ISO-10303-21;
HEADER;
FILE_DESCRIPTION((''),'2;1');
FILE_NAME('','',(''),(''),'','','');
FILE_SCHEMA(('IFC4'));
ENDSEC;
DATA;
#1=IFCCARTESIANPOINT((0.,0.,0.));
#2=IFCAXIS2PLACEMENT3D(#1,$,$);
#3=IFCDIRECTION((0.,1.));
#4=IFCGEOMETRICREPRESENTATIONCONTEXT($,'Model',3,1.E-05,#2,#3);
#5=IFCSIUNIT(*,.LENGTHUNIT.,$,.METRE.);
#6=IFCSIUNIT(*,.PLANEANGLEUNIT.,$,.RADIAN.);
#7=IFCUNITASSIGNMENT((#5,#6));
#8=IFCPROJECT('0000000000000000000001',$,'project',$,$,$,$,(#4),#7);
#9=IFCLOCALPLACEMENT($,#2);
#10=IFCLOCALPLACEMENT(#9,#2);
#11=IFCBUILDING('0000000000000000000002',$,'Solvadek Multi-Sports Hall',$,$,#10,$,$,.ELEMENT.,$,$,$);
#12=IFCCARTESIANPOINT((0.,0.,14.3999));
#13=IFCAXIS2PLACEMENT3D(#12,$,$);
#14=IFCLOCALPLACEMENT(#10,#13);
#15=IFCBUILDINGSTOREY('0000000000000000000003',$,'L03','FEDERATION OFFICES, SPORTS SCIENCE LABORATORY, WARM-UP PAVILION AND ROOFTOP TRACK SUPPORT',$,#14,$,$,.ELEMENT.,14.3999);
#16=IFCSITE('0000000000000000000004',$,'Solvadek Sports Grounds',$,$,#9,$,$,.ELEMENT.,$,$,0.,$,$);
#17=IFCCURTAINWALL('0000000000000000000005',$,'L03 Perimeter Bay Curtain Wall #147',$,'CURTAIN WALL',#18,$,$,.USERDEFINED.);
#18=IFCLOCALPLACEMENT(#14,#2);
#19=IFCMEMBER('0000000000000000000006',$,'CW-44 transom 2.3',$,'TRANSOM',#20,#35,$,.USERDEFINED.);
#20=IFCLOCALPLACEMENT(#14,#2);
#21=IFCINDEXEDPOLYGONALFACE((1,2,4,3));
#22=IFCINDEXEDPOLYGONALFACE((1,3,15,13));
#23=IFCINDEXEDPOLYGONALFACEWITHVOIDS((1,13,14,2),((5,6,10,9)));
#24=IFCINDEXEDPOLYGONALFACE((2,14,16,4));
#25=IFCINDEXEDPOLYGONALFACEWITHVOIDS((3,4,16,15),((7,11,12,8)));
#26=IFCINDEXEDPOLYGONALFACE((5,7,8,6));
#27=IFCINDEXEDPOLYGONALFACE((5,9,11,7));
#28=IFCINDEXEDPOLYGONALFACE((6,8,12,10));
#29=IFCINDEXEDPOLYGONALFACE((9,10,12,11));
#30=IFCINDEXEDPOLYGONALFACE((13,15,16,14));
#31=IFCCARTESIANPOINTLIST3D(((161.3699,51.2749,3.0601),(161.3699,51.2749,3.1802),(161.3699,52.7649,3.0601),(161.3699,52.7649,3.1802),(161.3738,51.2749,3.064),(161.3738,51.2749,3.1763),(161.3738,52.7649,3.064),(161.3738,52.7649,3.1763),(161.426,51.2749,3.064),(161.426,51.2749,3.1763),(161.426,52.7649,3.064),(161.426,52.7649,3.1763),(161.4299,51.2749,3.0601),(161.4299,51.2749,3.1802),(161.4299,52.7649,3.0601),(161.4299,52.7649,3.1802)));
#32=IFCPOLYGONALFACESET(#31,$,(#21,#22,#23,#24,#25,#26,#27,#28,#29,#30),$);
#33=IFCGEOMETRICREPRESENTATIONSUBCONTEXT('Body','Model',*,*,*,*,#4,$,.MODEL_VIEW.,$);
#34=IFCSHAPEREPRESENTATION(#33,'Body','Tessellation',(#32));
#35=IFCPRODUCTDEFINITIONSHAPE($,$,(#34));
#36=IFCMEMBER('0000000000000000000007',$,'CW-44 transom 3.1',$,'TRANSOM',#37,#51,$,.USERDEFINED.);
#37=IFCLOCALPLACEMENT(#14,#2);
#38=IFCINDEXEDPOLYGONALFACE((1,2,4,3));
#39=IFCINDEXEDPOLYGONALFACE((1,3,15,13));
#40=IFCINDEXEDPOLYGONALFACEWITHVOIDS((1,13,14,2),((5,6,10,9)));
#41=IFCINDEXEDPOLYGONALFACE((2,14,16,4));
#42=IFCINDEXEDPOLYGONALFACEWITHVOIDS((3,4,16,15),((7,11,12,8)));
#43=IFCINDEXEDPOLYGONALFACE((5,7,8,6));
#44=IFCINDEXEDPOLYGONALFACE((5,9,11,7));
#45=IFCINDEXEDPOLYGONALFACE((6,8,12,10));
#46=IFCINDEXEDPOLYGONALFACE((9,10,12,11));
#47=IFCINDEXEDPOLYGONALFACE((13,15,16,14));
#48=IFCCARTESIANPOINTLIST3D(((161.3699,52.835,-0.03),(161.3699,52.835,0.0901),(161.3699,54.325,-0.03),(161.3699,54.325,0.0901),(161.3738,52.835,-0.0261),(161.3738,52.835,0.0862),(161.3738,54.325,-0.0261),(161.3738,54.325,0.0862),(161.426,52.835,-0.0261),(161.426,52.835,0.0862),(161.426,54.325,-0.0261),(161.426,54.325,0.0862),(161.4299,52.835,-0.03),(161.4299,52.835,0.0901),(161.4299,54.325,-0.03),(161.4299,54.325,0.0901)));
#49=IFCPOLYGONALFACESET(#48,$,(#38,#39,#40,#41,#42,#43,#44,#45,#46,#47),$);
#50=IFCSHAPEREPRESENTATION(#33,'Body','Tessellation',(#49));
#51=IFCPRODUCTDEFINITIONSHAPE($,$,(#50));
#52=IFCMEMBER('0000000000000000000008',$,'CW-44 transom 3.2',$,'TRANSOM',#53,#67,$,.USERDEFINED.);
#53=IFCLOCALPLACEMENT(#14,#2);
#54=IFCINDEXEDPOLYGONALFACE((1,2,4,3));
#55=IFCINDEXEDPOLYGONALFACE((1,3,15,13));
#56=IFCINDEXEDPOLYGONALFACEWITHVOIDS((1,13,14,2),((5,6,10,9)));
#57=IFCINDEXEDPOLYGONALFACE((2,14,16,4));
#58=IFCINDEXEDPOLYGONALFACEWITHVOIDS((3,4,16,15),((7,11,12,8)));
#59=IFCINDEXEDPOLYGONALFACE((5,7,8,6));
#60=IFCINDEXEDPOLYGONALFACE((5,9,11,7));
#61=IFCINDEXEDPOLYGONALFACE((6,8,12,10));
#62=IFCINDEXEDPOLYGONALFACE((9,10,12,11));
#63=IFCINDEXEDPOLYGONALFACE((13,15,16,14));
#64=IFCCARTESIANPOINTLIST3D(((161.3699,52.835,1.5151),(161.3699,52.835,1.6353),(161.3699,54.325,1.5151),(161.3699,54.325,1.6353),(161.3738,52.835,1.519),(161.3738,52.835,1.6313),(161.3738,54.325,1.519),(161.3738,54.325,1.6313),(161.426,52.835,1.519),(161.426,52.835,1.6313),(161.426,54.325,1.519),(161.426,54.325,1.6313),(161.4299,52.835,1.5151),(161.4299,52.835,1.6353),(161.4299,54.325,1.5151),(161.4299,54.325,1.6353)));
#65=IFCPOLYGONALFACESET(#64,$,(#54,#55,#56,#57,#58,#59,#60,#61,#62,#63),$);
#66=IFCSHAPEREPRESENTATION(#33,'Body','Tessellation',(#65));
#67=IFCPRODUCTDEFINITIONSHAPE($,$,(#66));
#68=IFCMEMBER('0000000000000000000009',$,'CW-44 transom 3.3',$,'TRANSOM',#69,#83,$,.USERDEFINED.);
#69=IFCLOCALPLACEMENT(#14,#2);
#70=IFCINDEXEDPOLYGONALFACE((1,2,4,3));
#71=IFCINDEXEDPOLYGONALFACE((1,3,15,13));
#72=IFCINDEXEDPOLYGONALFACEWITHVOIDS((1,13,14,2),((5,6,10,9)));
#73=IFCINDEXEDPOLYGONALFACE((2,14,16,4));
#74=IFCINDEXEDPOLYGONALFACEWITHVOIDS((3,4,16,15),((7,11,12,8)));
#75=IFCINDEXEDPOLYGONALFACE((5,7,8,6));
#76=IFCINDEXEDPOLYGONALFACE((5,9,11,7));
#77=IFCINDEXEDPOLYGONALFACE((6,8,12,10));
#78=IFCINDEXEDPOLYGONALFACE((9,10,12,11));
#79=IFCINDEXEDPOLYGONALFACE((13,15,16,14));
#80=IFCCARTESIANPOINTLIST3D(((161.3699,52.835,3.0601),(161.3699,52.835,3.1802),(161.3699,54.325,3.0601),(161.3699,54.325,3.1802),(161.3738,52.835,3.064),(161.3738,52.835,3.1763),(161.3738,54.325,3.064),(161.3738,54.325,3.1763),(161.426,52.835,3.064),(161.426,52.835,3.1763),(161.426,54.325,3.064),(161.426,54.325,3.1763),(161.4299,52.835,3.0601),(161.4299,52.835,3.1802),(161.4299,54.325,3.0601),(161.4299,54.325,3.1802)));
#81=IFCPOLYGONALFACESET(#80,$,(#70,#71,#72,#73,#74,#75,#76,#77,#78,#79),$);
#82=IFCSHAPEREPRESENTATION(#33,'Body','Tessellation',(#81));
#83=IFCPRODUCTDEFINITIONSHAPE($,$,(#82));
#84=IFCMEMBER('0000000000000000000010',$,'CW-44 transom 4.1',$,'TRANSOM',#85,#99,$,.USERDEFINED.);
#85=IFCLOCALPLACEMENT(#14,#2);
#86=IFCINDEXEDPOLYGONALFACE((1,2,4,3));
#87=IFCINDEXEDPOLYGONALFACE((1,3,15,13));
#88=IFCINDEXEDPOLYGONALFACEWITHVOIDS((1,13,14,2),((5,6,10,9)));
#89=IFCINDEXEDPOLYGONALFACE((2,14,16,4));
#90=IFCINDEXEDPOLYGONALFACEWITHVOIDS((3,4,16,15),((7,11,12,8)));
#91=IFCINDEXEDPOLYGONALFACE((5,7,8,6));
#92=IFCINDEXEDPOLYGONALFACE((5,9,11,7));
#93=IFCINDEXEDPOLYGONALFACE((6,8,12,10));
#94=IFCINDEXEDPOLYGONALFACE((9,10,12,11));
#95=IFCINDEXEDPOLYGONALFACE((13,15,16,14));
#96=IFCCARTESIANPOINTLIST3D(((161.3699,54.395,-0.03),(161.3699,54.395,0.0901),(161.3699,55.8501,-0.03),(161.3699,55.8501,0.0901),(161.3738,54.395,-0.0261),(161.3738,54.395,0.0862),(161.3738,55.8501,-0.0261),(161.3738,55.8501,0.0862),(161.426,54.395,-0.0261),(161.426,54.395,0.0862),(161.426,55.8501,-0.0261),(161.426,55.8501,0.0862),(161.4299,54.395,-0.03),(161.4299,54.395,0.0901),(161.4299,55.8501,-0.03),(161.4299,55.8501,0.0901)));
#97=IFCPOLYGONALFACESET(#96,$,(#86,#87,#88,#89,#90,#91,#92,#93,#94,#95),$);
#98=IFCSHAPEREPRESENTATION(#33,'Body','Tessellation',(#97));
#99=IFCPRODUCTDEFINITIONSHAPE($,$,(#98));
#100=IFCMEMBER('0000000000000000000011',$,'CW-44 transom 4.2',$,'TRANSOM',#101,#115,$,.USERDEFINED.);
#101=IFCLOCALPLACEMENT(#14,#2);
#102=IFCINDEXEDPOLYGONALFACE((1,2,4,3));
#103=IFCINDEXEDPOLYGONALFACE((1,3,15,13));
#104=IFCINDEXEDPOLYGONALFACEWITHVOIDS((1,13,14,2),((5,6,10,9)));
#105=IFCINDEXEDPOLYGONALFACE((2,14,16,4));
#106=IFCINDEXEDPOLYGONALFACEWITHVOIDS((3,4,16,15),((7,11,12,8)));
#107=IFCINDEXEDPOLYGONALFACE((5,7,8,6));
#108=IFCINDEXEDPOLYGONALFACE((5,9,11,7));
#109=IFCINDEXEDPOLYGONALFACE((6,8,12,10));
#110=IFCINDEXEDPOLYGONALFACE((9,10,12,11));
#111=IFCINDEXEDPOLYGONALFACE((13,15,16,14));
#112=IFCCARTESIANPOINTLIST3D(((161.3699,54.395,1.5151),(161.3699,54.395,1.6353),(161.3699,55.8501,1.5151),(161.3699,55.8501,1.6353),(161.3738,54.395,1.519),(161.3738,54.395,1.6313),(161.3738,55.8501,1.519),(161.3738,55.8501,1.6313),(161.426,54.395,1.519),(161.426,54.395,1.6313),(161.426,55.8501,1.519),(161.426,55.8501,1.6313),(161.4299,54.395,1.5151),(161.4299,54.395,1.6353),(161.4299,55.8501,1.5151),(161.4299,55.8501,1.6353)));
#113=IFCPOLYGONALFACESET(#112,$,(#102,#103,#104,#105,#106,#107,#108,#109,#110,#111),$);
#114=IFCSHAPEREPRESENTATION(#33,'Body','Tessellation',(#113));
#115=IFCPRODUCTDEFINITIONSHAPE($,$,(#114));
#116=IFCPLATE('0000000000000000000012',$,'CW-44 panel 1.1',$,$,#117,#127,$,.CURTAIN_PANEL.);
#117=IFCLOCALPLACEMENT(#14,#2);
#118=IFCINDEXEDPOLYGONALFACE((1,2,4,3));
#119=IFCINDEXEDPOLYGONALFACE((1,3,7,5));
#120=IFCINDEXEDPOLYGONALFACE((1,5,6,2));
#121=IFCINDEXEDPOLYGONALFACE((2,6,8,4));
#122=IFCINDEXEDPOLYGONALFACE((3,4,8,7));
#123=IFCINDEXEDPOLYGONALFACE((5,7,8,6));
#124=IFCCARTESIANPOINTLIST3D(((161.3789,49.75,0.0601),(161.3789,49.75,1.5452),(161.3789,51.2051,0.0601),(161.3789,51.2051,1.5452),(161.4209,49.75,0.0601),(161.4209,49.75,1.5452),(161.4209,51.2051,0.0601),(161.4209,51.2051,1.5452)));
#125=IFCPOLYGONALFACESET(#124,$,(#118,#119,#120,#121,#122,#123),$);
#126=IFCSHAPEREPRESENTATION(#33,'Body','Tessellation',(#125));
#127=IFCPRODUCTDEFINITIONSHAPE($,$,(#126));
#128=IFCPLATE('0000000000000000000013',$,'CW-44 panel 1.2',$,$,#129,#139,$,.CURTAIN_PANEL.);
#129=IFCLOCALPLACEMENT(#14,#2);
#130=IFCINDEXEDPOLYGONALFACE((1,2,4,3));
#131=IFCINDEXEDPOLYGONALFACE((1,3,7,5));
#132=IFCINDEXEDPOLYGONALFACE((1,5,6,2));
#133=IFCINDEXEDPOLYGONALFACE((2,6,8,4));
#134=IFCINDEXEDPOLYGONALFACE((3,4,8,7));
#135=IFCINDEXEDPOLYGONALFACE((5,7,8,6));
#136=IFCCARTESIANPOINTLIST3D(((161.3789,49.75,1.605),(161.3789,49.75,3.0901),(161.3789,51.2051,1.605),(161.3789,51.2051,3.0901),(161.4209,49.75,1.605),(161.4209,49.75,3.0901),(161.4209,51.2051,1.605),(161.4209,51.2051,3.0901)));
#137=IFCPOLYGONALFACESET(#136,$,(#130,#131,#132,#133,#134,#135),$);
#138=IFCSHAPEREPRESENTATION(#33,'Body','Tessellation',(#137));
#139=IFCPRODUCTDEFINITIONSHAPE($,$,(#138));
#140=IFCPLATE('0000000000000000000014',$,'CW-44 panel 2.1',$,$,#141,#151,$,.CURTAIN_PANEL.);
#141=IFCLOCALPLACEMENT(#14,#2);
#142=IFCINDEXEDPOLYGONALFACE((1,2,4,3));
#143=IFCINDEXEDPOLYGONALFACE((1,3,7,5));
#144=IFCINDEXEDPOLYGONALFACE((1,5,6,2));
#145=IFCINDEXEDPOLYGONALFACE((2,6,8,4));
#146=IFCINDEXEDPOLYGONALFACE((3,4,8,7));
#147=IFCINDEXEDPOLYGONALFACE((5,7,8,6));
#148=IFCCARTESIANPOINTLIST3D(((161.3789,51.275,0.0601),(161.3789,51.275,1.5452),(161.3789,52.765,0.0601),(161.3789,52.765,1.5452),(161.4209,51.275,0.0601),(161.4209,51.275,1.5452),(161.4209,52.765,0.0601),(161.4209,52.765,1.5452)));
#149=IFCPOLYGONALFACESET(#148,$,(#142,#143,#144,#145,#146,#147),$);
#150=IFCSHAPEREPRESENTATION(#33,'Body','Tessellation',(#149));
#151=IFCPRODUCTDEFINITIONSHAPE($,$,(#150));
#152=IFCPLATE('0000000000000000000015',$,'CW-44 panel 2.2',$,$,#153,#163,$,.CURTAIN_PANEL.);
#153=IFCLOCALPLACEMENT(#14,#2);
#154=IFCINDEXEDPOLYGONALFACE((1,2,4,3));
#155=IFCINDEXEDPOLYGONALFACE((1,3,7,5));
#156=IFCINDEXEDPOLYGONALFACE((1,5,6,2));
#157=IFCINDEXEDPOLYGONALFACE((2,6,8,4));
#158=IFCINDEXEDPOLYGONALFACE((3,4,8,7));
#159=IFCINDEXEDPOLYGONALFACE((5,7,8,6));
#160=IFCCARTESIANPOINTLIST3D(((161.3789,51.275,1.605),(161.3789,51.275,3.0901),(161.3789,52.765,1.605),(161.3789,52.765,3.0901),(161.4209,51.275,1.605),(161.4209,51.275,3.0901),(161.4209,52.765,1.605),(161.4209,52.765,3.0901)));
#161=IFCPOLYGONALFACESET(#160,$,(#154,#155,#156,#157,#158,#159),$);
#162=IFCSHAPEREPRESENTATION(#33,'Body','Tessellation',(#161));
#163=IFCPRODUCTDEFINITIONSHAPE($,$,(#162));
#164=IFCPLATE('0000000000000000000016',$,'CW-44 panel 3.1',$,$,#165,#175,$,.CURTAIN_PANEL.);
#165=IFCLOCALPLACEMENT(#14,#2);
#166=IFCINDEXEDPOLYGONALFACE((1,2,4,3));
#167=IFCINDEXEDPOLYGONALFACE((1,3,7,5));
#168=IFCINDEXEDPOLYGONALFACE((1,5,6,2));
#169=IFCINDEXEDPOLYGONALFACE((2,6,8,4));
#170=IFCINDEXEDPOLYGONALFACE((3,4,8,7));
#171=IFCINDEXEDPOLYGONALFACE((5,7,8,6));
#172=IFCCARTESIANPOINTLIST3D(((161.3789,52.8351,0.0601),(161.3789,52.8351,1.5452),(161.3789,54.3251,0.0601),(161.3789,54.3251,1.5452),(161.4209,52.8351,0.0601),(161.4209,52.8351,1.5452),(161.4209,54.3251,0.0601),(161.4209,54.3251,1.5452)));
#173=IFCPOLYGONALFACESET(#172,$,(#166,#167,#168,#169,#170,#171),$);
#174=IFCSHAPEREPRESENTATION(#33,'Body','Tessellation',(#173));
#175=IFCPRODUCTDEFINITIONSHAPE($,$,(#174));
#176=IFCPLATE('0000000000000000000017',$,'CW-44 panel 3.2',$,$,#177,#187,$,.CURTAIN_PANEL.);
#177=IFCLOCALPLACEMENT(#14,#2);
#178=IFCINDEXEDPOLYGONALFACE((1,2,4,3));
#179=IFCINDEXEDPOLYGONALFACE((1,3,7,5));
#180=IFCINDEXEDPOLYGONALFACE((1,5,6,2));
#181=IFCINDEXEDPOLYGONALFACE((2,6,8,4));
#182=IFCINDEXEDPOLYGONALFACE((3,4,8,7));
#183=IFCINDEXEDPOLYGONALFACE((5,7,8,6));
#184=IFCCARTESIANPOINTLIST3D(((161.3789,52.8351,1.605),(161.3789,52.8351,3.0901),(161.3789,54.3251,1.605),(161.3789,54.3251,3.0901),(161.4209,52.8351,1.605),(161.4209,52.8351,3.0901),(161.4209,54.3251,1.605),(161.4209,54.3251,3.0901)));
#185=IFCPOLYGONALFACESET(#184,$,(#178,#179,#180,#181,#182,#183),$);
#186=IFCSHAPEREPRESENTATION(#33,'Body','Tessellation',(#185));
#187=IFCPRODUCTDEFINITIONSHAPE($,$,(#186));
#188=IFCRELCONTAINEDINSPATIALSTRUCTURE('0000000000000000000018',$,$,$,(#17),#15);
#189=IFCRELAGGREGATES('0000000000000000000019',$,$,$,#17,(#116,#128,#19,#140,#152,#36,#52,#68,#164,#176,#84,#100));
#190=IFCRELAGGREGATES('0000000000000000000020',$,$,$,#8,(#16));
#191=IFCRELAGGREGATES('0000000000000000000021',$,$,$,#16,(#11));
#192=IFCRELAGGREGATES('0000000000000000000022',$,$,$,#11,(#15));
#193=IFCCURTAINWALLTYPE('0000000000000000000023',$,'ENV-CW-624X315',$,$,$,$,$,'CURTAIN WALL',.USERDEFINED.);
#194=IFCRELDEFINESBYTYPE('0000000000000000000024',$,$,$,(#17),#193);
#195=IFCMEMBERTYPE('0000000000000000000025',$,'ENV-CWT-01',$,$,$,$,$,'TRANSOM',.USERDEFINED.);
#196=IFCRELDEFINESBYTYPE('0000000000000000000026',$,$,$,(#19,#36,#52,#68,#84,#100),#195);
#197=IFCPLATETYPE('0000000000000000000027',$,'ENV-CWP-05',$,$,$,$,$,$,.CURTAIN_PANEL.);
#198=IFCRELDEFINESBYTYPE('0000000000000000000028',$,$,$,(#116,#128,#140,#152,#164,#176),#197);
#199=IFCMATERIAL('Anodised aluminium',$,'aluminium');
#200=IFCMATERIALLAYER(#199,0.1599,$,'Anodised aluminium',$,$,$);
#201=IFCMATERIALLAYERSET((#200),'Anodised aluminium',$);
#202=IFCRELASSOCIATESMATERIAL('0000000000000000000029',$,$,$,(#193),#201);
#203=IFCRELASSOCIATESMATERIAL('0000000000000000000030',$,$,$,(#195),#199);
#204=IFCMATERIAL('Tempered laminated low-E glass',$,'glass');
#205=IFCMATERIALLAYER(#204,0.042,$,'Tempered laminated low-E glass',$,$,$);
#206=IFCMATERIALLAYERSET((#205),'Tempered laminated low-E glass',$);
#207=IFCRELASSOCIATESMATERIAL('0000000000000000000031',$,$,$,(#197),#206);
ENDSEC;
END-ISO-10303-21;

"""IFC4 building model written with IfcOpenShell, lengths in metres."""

from ifc_helpers import new_model, si_unit, direction, frame, origin, origin_2d, place, context, subcontext, project, spatial, rectangle, hollow_rectangle, extrude, material, layer, layer_set, material_profile, profile_set, type_object, element, aggregate, save


model = new_model("IFC4")

# Units and contexts
model_context = context("Model", 3, precision=1e-05, world=origin(), true_north=direction((0.0, 1.0)))
body_context = subcontext(model_context, "Body", "Model", "MODEL_VIEW")
ifc_project = project(units=[si_unit("LENGTHUNIT", "METRE"), si_unit("PLANEANGLEUNIT", "RADIAN")], contexts=[model_context])

# Site, building, storey
site_placement = place(None, origin())
site = spatial("IfcSite", under=ifc_project, at=site_placement, Name="Solvadek Sports Grounds", CompositionType="ELEMENT", RefElevation=0.0)
building_placement = place(site_placement, origin())
building = spatial("IfcBuilding", under=site, at=building_placement, Name="Solvadek Multi-Sports Hall", CompositionType="ELEMENT")
storey_placement = place(building_placement, frame((0.0, 0.0, 14.3999)))
storey = spatial("IfcBuildingStorey", under=building, at=storey_placement, Name="L03", Description="FEDERATION OFFICES, SPORTS SCIENCE LABORATORY, WARM-UP PAVILION AND ROOFTOP TRACK SUPPORT", CompositionType="ELEMENT", Elevation=14.3999)

# Curtain wall, members, plates
ifc_material_1 = material(Name="Anodised aluminium", Category="aluminium")
ifc_layer_1 = layer(ifc_material_1, 0.1599, Name="Anodised aluminium")
ifc_layer_set_1 = layer_set([ifc_layer_1], Name="Anodised aluminium")
curtain_wall_type = type_object("IfcCurtainWallType", Name="ENV-CW-624X315", ElementType="CURTAIN WALL", PredefinedType="USERDEFINED", material=ifc_layer_set_1)
curtain_wall_placement = place(storey_placement, origin())
curtain_wall = element("IfcCurtainWall", 1, at=curtain_wall_placement, inside=storey, type_object=curtain_wall_type, Name="L03 Perimeter Bay Curtain Wall #147", ObjectType="CURTAIN WALL", PredefinedType="USERDEFINED")
ifc_material_profile_1 = material_profile(ifc_material_1, hollow_rectangle(XDim=0.0601, YDim=0.1201, WallThickness=0.0039, at=origin_2d()), Name="ALU-T 120x60x4")
ifc_profile_set_1 = profile_set([ifc_material_profile_1], Name="Anodised aluminium")
member_type_1 = type_object("IfcMemberType", Name="ENV-CWT-01", ElementType="TRANSOM", PredefinedType="USERDEFINED", material=ifc_profile_set_1)
member_1_placement = place(storey_placement, frame((161.3999, 51.2749, 3.1201), z_axis=(0.0, 1.0, 0.0), x_axis=(-1.0, 0.0, 0.0)))
member_1 = element("IfcMember", 2, at=member_1_placement, type_object=member_type_1, Name="CW-44 transom 2.3", ObjectType="TRANSOM", PredefinedType="USERDEFINED", context=body_context, shape_type="SweptSolid", body=[
    extrude(hollow_rectangle(XDim=0.0601, YDim=0.1201, WallThickness=0.0039, at=origin_2d()), origin(), (0.0, 0.0, 1.0), 1.49),
])
member_2_placement = place(storey_placement, frame((161.3999, 52.835, 0.03), z_axis=(0.0, 1.0, 0.0), x_axis=(-1.0, 0.0, 0.0)))
member_2 = element("IfcMember", 3, at=member_2_placement, type_object=member_type_1, Name="CW-44 transom 3.1", ObjectType="TRANSOM", PredefinedType="USERDEFINED", context=body_context, shape_type="SweptSolid", body=[
    extrude(hollow_rectangle(XDim=0.0601, YDim=0.1201, WallThickness=0.0039, at=origin_2d()), origin(), (0.0, 0.0, 1.0), 1.49),
])
member_3_placement = place(storey_placement, frame((161.3999, 52.835, 1.5752), z_axis=(0.0, 1.0, 0.0), x_axis=(-1.0, 0.0, 0.0)))
member_3 = element("IfcMember", 4, at=member_3_placement, type_object=member_type_1, Name="CW-44 transom 3.2", ObjectType="TRANSOM", PredefinedType="USERDEFINED", context=body_context, shape_type="SweptSolid", body=[
    extrude(hollow_rectangle(XDim=0.0601, YDim=0.1201, WallThickness=0.0039, at=origin_2d()), origin(), (0.0, 0.0, 1.0), 1.49),
])
member_4_placement = place(storey_placement, frame((161.3999, 52.835, 3.1201), z_axis=(0.0, 1.0, 0.0), x_axis=(-1.0, 0.0, 0.0)))
member_4 = element("IfcMember", 5, at=member_4_placement, type_object=member_type_1, Name="CW-44 transom 3.3", ObjectType="TRANSOM", PredefinedType="USERDEFINED", context=body_context, shape_type="SweptSolid", body=[
    extrude(hollow_rectangle(XDim=0.0601, YDim=0.1201, WallThickness=0.0039, at=origin_2d()), origin(), (0.0, 0.0, 1.0), 1.49),
])
member_5_placement = place(storey_placement, frame((161.3999, 54.395, 0.03), z_axis=(0.0, 1.0, 0.0), x_axis=(-1.0, 0.0, 0.0)))
member_5 = element("IfcMember", 6, at=member_5_placement, type_object=member_type_1, Name="CW-44 transom 4.1", ObjectType="TRANSOM", PredefinedType="USERDEFINED", context=body_context, shape_type="SweptSolid", body=[
    extrude(hollow_rectangle(XDim=0.0601, YDim=0.1201, WallThickness=0.0039, at=origin_2d()), origin(), (0.0, 0.0, 1.0), 1.4551),
])
member_6_placement = place(storey_placement, frame((161.3999, 54.395, 1.5752), z_axis=(0.0, 1.0, 0.0), x_axis=(-1.0, 0.0, 0.0)))
member_6 = element("IfcMember", 7, at=member_6_placement, type_object=member_type_1, Name="CW-44 transom 4.2", ObjectType="TRANSOM", PredefinedType="USERDEFINED", context=body_context, shape_type="SweptSolid", body=[
    extrude(hollow_rectangle(XDim=0.0601, YDim=0.1201, WallThickness=0.0039, at=origin_2d()), origin(), (0.0, 0.0, 1.0), 1.4551),
])
ifc_material_2 = material(Name="Tempered laminated low-E glass", Category="glass")
ifc_layer_2 = layer(ifc_material_2, 0.042, Name="Tempered laminated low-E glass")
ifc_layer_set_2 = layer_set([ifc_layer_2], Name="Tempered laminated low-E glass")
plate_type = type_object("IfcPlateType", Name="ENV-CWP-05", PredefinedType="CURTAIN_PANEL", material=ifc_layer_set_2)
plate_1_placement = place(storey_placement, frame((161.3999, 50.4775, 0.0601), z_axis=(0.0, 0.0, 1.0), x_axis=(0.0, 1.0, 0.0)))
plate_1 = element("IfcPlate", 8, at=plate_1_placement, type_object=plate_type, Name="CW-44 panel 1.1", PredefinedType="CURTAIN_PANEL", context=body_context, shape_type="SweptSolid", body=[
    extrude(rectangle(XDim=1.4551, YDim=0.042, at=origin_2d()), origin(), (0.0, 0.0, 1.0), 1.4851),
])
plate_2_placement = place(storey_placement, frame((161.3999, 50.4775, 1.605), z_axis=(0.0, 0.0, 1.0), x_axis=(0.0, 1.0, 0.0)))
plate_2 = element("IfcPlate", 9, at=plate_2_placement, type_object=plate_type, Name="CW-44 panel 1.2", PredefinedType="CURTAIN_PANEL", context=body_context, shape_type="SweptSolid", body=[
    extrude(rectangle(XDim=1.4551, YDim=0.042, at=origin_2d()), origin(), (0.0, 0.0, 1.0), 1.4851),
])
plate_3_placement = place(storey_placement, frame((161.3999, 52.02, 0.0601), z_axis=(0.0, 0.0, 1.0), x_axis=(0.0, 1.0, 0.0)))
plate_3 = element("IfcPlate", 10, at=plate_3_placement, type_object=plate_type, Name="CW-44 panel 2.1", PredefinedType="CURTAIN_PANEL", context=body_context, shape_type="SweptSolid", body=[
    extrude(rectangle(XDim=1.49, YDim=0.042, at=origin_2d()), origin(), (0.0, 0.0, 1.0), 1.4851),
])
plate_4_placement = place(storey_placement, frame((161.3999, 52.02, 1.605), z_axis=(0.0, 0.0, 1.0), x_axis=(0.0, 1.0, 0.0)))
plate_4 = element("IfcPlate", 11, at=plate_4_placement, type_object=plate_type, Name="CW-44 panel 2.2", PredefinedType="CURTAIN_PANEL", context=body_context, shape_type="SweptSolid", body=[
    extrude(rectangle(XDim=1.49, YDim=0.042, at=origin_2d()), origin(), (0.0, 0.0, 1.0), 1.4851),
])
plate_5_placement = place(storey_placement, frame((161.3999, 53.5801, 0.0601), z_axis=(0.0, 0.0, 1.0), x_axis=(0.0, 1.0, 0.0)))
plate_5 = element("IfcPlate", 12, at=plate_5_placement, type_object=plate_type, Name="CW-44 panel 3.1", PredefinedType="CURTAIN_PANEL", context=body_context, shape_type="SweptSolid", body=[
    extrude(rectangle(XDim=1.49, YDim=0.042, at=origin_2d()), origin(), (0.0, 0.0, 1.0), 1.4851),
])
plate_6_placement = place(storey_placement, frame((161.3999, 53.5801, 1.605), z_axis=(0.0, 0.0, 1.0), x_axis=(0.0, 1.0, 0.0)))
plate_6 = element("IfcPlate", 13, at=plate_6_placement, type_object=plate_type, Name="CW-44 panel 3.2", PredefinedType="CURTAIN_PANEL", context=body_context, shape_type="SweptSolid", body=[
    extrude(rectangle(XDim=1.49, YDim=0.042, at=origin_2d()), origin(), (0.0, 0.0, 1.0), 1.4851),
])
aggregate(curtain_wall, [plate_1, plate_2, member_1, plate_3, plate_4, member_2, member_3, member_4, plate_5, plate_6, member_5, member_6])

save(model, "model.ifc")
